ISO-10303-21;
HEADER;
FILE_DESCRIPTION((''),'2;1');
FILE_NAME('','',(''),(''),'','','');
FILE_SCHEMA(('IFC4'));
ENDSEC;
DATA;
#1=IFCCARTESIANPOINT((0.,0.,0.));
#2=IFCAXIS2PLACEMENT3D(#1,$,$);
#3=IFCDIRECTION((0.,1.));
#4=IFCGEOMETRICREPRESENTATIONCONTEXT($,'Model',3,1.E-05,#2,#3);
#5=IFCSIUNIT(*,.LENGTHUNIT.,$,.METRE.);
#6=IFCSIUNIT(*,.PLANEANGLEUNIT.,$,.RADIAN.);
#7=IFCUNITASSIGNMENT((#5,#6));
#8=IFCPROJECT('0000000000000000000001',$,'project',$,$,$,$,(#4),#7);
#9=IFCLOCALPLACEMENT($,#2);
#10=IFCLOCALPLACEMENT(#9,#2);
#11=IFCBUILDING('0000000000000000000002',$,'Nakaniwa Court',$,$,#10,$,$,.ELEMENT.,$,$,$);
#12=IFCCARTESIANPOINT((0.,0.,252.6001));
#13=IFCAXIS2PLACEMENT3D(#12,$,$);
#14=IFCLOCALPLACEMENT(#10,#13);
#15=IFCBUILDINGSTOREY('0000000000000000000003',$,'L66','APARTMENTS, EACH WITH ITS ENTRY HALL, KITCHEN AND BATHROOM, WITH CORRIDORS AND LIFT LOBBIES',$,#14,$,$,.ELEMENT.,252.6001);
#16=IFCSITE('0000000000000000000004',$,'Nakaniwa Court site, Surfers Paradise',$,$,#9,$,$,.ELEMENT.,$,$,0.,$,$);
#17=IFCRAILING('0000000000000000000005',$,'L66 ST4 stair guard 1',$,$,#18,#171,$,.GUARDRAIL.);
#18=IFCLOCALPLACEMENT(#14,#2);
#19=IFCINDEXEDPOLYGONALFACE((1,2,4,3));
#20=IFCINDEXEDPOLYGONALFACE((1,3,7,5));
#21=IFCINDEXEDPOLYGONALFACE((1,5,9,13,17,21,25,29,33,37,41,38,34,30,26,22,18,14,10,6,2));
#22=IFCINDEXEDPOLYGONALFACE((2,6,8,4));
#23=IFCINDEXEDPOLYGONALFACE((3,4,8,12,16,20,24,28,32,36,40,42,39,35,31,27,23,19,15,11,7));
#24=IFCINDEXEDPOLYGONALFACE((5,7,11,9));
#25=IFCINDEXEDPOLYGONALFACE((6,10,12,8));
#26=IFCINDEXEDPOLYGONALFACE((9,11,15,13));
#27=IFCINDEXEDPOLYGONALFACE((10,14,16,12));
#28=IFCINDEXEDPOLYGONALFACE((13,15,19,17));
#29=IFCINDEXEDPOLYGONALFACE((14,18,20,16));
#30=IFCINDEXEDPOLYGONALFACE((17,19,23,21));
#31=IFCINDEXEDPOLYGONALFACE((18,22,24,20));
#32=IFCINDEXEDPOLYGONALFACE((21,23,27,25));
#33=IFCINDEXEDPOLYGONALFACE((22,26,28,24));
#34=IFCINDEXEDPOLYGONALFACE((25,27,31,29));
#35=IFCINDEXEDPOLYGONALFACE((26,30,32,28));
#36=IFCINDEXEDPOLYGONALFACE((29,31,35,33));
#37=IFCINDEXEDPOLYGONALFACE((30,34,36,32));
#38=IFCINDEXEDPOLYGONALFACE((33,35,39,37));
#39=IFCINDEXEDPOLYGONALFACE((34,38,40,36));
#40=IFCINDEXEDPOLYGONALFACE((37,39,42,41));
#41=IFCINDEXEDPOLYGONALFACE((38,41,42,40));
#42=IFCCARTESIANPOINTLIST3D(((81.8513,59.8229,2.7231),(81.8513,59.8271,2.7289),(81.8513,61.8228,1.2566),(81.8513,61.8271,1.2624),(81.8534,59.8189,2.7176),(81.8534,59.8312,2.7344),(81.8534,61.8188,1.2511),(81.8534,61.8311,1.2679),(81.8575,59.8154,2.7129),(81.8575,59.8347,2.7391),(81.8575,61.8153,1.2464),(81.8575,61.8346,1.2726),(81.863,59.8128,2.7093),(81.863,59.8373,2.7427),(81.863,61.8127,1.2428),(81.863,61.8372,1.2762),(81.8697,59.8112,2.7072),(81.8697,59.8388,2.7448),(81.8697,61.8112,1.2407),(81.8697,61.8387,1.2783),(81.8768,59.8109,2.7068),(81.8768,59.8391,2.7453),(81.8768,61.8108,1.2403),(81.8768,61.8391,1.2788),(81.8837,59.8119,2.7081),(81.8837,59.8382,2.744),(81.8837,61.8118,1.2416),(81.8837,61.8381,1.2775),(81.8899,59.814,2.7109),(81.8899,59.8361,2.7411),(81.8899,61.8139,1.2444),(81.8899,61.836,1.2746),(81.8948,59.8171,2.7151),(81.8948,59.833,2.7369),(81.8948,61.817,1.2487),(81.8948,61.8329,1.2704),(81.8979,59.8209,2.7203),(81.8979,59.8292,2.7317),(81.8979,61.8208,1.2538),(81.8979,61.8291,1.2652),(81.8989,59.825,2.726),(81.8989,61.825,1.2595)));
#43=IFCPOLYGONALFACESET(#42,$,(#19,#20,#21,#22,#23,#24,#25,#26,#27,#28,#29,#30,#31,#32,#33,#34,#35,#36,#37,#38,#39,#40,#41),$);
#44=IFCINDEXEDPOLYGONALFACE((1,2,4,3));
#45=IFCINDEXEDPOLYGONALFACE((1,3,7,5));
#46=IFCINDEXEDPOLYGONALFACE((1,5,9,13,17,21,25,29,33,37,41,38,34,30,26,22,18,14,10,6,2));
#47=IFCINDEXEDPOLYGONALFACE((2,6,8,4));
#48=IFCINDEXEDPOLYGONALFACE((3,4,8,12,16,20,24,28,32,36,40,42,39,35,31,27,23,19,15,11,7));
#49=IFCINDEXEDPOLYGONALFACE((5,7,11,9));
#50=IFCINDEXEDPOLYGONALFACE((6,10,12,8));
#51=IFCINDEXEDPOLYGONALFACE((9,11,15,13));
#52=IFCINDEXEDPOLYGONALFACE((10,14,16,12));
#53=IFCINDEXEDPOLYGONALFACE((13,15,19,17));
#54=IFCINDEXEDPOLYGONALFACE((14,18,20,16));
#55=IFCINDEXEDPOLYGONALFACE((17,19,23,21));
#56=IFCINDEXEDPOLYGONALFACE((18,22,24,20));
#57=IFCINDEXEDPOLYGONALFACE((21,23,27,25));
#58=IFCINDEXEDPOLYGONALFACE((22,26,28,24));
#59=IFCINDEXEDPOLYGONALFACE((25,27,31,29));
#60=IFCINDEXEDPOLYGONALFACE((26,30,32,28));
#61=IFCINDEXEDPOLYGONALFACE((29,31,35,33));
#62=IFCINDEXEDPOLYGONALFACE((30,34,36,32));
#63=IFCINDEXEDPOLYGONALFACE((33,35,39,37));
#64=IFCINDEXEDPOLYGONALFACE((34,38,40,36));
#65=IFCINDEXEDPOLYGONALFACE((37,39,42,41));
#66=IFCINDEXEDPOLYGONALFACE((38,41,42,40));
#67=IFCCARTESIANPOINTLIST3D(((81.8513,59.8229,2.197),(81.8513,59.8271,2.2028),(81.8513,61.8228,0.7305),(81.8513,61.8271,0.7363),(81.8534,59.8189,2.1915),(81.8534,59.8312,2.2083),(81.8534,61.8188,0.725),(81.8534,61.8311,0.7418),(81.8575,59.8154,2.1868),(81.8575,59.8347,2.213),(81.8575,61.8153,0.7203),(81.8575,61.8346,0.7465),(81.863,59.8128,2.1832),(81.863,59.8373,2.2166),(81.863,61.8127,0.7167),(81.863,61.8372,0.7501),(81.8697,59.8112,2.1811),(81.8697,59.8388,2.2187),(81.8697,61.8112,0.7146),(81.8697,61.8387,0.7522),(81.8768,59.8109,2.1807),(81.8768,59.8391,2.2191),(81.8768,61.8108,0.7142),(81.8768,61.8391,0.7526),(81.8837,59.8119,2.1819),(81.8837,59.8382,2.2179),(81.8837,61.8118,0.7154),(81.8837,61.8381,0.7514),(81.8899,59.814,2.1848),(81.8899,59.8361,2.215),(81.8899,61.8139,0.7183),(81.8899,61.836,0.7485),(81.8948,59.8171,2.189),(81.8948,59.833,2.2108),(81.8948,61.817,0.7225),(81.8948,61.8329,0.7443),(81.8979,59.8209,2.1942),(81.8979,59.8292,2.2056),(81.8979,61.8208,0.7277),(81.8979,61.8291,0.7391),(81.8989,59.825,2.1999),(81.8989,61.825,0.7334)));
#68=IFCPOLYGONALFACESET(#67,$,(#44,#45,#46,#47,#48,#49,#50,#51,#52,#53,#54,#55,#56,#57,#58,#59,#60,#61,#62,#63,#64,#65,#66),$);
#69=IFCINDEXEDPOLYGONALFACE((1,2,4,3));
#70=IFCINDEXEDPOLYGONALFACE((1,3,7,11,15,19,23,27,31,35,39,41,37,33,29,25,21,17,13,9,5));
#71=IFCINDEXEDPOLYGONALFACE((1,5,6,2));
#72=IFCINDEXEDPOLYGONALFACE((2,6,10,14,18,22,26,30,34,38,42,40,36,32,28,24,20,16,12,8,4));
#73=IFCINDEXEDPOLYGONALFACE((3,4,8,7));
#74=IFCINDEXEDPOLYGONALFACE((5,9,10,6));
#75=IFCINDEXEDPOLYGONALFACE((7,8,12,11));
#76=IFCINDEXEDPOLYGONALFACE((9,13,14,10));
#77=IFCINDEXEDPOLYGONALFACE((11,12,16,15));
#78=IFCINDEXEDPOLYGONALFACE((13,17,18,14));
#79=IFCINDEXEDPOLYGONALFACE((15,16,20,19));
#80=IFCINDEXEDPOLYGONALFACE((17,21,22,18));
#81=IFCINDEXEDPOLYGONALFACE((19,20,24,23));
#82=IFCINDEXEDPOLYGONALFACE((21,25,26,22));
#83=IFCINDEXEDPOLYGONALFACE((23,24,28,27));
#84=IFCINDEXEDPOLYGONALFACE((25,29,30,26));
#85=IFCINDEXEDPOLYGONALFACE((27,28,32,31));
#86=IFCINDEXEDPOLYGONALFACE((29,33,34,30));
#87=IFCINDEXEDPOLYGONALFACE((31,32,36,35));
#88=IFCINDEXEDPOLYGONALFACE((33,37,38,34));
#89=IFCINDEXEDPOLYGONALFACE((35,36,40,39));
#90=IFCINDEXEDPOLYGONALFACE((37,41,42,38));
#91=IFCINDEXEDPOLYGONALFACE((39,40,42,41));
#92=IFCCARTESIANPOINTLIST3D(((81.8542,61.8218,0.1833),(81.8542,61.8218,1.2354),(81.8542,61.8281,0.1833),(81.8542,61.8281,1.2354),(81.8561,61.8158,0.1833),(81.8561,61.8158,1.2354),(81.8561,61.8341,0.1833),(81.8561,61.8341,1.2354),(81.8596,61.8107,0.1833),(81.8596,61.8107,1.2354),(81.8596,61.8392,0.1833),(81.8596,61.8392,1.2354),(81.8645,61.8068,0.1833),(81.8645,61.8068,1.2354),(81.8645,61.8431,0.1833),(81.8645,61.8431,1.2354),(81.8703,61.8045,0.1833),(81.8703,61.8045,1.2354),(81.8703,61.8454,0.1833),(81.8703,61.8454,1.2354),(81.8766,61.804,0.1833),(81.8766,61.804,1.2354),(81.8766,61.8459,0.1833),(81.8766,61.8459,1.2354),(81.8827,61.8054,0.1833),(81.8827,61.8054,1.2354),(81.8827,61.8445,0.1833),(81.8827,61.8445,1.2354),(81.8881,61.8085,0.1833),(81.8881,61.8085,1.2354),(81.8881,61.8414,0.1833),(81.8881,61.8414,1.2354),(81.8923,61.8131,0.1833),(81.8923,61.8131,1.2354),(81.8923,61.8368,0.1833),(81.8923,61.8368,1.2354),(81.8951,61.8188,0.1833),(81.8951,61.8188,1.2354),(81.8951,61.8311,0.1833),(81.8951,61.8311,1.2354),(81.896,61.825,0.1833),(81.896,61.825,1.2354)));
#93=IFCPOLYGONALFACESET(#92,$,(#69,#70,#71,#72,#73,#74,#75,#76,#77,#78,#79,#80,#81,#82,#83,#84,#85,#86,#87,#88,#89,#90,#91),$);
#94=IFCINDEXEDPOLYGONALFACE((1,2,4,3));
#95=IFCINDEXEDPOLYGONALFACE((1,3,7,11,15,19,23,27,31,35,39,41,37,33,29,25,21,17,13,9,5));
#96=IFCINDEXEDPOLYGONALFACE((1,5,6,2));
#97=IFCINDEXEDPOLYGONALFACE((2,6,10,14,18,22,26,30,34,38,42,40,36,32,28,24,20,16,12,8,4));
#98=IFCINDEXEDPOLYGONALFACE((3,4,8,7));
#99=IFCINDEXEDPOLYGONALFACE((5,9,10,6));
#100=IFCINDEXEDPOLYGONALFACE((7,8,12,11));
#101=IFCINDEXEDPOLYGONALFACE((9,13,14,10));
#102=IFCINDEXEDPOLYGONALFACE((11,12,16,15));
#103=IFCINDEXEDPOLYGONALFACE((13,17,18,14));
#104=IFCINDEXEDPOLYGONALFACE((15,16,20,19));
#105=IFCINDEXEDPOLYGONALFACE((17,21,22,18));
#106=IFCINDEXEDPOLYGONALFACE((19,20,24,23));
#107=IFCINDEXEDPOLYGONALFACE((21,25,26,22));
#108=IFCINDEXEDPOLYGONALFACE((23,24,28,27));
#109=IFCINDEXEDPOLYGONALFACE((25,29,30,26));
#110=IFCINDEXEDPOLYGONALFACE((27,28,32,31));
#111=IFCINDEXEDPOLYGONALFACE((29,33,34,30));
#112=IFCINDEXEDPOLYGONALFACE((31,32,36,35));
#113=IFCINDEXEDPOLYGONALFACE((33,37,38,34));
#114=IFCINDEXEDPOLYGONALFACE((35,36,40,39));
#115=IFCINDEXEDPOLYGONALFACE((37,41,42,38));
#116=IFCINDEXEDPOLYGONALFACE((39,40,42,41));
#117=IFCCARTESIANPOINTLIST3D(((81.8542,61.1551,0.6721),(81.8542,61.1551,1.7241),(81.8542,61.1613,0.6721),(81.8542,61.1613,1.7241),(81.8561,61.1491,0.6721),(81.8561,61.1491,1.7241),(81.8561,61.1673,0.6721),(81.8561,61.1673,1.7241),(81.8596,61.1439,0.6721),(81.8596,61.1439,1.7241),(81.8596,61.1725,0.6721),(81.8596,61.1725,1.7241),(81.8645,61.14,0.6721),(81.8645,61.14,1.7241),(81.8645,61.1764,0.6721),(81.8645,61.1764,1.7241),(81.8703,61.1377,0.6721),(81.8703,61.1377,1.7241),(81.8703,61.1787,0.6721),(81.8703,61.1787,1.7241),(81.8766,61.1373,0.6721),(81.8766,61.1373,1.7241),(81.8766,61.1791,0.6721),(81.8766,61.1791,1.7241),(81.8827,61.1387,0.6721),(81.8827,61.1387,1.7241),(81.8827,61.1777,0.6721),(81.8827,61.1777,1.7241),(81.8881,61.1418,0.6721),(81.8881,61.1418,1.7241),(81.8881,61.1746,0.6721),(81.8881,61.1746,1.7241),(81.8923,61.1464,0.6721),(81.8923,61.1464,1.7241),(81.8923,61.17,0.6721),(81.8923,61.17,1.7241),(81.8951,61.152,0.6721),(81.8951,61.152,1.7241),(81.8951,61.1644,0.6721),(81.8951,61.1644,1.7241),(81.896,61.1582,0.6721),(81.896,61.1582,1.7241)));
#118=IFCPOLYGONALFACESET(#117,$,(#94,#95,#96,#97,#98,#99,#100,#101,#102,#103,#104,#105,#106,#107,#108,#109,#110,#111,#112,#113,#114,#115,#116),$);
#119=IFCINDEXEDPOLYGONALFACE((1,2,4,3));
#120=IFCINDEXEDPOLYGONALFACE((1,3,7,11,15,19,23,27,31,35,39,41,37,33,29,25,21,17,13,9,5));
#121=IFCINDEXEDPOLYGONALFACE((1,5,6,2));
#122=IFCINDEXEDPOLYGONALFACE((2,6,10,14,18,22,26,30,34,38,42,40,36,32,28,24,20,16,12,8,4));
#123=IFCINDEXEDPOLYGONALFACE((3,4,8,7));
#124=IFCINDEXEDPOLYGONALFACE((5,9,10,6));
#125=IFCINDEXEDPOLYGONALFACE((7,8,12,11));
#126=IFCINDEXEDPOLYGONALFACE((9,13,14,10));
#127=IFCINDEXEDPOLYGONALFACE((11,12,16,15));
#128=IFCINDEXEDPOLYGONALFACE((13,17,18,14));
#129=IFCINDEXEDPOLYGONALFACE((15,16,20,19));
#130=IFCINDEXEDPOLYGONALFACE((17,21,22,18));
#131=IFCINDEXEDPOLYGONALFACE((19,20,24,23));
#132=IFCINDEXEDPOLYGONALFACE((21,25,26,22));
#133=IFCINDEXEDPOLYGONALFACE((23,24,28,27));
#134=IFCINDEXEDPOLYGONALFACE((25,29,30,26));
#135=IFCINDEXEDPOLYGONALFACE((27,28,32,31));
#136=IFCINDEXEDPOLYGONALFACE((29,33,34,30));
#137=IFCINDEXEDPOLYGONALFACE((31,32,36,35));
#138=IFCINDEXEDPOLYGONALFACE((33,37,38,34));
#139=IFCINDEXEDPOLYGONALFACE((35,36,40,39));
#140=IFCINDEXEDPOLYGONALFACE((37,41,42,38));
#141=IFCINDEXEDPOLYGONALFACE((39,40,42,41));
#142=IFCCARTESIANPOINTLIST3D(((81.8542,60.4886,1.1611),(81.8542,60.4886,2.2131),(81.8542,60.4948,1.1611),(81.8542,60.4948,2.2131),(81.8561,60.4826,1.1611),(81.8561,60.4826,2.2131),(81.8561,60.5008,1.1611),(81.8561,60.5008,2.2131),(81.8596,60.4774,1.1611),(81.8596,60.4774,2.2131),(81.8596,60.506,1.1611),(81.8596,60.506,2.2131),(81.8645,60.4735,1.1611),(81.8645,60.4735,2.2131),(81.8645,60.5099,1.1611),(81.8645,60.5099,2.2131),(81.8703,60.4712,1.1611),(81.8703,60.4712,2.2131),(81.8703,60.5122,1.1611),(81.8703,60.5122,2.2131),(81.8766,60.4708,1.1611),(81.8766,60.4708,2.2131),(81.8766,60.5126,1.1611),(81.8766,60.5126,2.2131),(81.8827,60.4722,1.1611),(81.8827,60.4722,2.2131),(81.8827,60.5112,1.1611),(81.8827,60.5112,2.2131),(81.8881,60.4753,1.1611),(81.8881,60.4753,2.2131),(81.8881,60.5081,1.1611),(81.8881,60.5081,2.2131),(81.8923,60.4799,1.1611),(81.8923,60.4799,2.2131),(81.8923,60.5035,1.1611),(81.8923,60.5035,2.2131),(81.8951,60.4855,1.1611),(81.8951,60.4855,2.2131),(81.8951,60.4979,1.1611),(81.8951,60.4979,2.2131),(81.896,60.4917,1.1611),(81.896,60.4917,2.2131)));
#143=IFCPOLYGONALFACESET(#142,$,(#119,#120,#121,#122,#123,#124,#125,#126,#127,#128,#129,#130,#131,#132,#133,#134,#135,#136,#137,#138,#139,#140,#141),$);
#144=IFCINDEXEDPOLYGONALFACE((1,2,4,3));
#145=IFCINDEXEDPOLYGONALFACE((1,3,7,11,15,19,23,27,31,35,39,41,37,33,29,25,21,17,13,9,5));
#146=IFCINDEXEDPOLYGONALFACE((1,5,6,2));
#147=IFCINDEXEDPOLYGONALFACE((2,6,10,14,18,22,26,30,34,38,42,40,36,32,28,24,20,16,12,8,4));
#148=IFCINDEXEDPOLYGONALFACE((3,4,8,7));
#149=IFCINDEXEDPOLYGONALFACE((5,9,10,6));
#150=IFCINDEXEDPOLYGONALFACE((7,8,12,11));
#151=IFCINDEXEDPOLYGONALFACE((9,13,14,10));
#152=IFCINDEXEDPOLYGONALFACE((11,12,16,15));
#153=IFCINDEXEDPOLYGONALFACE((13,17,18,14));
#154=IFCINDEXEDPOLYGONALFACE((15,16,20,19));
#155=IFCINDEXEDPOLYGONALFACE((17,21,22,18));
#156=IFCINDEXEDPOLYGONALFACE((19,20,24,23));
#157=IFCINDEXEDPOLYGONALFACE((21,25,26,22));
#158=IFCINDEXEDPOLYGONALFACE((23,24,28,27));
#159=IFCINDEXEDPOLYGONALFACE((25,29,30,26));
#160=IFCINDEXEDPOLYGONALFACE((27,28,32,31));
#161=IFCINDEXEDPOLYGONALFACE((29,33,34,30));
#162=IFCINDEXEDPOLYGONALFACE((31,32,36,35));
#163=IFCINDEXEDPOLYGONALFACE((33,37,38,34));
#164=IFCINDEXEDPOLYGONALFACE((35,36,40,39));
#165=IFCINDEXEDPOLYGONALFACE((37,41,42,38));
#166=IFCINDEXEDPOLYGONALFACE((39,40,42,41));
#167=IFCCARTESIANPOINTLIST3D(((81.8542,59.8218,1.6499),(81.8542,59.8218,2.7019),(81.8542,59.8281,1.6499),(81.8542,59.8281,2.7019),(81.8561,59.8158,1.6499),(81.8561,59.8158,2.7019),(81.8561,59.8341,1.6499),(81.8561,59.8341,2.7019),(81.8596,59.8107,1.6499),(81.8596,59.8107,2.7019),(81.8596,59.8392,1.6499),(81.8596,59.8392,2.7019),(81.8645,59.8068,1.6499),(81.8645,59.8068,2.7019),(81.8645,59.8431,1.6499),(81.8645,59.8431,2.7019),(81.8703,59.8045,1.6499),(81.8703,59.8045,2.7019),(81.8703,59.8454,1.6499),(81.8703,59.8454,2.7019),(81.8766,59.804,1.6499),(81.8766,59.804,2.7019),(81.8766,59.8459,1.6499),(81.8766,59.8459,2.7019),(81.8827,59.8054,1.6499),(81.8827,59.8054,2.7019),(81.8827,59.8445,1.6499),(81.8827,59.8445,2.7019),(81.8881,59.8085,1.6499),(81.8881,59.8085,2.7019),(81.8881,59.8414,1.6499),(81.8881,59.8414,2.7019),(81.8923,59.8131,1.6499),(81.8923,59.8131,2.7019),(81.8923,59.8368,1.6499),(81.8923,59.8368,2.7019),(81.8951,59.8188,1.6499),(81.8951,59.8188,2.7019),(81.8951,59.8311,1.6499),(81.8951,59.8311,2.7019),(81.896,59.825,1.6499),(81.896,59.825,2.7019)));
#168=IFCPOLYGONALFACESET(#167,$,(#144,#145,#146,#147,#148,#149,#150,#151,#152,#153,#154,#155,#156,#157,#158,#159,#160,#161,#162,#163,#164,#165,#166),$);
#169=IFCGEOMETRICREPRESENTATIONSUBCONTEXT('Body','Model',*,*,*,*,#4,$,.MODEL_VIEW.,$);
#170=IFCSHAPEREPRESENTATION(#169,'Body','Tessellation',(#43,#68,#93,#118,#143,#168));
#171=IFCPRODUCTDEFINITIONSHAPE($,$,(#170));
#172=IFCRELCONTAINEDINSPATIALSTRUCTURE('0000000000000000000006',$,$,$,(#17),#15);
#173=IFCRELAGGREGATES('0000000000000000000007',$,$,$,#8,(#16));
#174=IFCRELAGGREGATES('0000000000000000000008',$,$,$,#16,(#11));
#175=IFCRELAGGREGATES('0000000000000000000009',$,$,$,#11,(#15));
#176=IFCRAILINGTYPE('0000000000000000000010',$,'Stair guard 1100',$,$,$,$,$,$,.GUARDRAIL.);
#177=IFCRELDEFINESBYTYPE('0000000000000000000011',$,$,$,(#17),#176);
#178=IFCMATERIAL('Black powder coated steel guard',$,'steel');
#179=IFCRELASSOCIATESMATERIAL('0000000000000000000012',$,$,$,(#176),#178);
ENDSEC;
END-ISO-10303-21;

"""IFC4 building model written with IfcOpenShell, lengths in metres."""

from ifc_helpers import new_model, si_unit, direction, frame, origin, origin_2d, place, context, subcontext, project, spatial, circle, extrude, material, type_object, element, save


model = new_model("IFC4")

# Units and contexts
model_context = context("Model", 3, precision=1e-05, world=origin(), true_north=direction((0.0, 1.0)))
body_context = subcontext(model_context, "Body", "Model", "MODEL_VIEW")
ifc_project = project(units=[si_unit("LENGTHUNIT", "METRE"), si_unit("PLANEANGLEUNIT", "RADIAN")], contexts=[model_context])

# Site, building, storey
site_placement = place(None, origin())
site = spatial("IfcSite", under=ifc_project, at=site_placement, Name="Nakaniwa Court site, Surfers Paradise", CompositionType="ELEMENT", RefElevation=0.0)
building_placement = place(site_placement, origin())
building = spatial("IfcBuilding", under=site, at=building_placement, Name="Nakaniwa Court", CompositionType="ELEMENT")
storey_placement = place(building_placement, frame((0.0, 0.0, 252.6001)))
storey = spatial("IfcBuildingStorey", under=building, at=storey_placement, Name="L66", Description="APARTMENTS, EACH WITH ITS ENTRY HALL, KITCHEN AND BATHROOM, WITH CORRIDORS AND LIFT LOBBIES", CompositionType="ELEMENT", Elevation=252.6001)

# Railing
ifc_material_1 = material(Name="Black powder coated steel guard", Category="steel")
railing_type_1 = type_object("IfcRailingType", Name="Stair guard 1100", PredefinedType="GUARDRAIL", material=ifc_material_1)
railing_1_placement = place(storey_placement, frame((81.875, 61.825, 0.1833)))
element("IfcRailing", 1, at=railing_1_placement, inside=storey, type_object=railing_type_1, Name="L66 ST4 stair guard 1", PredefinedType="GUARDRAIL", context=body_context, shape_type="SweptSolid", body=[
    extrude(circle(Radius=0.0239, at=origin_2d()), frame((0.0, 0.0, 1.0762), z_axis=(0.0, -0.806427, 0.591334), x_axis=(1.0, 0.0, 0.0)), (0.0, 0.0, 1.0), 2.48),
    extrude(circle(Radius=0.0239, at=origin_2d()), frame((0.0, 0.0, 0.55), z_axis=(0.0, -0.806427, 0.591334), x_axis=(1.0, 0.0, 0.0)), (0.0, 0.0, 1.0), 2.48),
    extrude(circle(Radius=0.021, at=origin_2d()), origin(), (0.0, 0.0, 1.0), 1.052),
    extrude(circle(Radius=0.021, at=origin_2d()), frame((0.0, -0.6667, 0.4888)), (0.0, 0.0, 1.0), 1.052),
    extrude(circle(Radius=0.021, at=origin_2d()), frame((0.0, -1.3333, 0.9778)), (0.0, 0.0, 1.0), 1.052),
    extrude(circle(Radius=0.021, at=origin_2d()), frame((0.0, -2.0, 1.4666)), (0.0, 0.0, 1.0), 1.052),
])

save(model, "model.ifc")
